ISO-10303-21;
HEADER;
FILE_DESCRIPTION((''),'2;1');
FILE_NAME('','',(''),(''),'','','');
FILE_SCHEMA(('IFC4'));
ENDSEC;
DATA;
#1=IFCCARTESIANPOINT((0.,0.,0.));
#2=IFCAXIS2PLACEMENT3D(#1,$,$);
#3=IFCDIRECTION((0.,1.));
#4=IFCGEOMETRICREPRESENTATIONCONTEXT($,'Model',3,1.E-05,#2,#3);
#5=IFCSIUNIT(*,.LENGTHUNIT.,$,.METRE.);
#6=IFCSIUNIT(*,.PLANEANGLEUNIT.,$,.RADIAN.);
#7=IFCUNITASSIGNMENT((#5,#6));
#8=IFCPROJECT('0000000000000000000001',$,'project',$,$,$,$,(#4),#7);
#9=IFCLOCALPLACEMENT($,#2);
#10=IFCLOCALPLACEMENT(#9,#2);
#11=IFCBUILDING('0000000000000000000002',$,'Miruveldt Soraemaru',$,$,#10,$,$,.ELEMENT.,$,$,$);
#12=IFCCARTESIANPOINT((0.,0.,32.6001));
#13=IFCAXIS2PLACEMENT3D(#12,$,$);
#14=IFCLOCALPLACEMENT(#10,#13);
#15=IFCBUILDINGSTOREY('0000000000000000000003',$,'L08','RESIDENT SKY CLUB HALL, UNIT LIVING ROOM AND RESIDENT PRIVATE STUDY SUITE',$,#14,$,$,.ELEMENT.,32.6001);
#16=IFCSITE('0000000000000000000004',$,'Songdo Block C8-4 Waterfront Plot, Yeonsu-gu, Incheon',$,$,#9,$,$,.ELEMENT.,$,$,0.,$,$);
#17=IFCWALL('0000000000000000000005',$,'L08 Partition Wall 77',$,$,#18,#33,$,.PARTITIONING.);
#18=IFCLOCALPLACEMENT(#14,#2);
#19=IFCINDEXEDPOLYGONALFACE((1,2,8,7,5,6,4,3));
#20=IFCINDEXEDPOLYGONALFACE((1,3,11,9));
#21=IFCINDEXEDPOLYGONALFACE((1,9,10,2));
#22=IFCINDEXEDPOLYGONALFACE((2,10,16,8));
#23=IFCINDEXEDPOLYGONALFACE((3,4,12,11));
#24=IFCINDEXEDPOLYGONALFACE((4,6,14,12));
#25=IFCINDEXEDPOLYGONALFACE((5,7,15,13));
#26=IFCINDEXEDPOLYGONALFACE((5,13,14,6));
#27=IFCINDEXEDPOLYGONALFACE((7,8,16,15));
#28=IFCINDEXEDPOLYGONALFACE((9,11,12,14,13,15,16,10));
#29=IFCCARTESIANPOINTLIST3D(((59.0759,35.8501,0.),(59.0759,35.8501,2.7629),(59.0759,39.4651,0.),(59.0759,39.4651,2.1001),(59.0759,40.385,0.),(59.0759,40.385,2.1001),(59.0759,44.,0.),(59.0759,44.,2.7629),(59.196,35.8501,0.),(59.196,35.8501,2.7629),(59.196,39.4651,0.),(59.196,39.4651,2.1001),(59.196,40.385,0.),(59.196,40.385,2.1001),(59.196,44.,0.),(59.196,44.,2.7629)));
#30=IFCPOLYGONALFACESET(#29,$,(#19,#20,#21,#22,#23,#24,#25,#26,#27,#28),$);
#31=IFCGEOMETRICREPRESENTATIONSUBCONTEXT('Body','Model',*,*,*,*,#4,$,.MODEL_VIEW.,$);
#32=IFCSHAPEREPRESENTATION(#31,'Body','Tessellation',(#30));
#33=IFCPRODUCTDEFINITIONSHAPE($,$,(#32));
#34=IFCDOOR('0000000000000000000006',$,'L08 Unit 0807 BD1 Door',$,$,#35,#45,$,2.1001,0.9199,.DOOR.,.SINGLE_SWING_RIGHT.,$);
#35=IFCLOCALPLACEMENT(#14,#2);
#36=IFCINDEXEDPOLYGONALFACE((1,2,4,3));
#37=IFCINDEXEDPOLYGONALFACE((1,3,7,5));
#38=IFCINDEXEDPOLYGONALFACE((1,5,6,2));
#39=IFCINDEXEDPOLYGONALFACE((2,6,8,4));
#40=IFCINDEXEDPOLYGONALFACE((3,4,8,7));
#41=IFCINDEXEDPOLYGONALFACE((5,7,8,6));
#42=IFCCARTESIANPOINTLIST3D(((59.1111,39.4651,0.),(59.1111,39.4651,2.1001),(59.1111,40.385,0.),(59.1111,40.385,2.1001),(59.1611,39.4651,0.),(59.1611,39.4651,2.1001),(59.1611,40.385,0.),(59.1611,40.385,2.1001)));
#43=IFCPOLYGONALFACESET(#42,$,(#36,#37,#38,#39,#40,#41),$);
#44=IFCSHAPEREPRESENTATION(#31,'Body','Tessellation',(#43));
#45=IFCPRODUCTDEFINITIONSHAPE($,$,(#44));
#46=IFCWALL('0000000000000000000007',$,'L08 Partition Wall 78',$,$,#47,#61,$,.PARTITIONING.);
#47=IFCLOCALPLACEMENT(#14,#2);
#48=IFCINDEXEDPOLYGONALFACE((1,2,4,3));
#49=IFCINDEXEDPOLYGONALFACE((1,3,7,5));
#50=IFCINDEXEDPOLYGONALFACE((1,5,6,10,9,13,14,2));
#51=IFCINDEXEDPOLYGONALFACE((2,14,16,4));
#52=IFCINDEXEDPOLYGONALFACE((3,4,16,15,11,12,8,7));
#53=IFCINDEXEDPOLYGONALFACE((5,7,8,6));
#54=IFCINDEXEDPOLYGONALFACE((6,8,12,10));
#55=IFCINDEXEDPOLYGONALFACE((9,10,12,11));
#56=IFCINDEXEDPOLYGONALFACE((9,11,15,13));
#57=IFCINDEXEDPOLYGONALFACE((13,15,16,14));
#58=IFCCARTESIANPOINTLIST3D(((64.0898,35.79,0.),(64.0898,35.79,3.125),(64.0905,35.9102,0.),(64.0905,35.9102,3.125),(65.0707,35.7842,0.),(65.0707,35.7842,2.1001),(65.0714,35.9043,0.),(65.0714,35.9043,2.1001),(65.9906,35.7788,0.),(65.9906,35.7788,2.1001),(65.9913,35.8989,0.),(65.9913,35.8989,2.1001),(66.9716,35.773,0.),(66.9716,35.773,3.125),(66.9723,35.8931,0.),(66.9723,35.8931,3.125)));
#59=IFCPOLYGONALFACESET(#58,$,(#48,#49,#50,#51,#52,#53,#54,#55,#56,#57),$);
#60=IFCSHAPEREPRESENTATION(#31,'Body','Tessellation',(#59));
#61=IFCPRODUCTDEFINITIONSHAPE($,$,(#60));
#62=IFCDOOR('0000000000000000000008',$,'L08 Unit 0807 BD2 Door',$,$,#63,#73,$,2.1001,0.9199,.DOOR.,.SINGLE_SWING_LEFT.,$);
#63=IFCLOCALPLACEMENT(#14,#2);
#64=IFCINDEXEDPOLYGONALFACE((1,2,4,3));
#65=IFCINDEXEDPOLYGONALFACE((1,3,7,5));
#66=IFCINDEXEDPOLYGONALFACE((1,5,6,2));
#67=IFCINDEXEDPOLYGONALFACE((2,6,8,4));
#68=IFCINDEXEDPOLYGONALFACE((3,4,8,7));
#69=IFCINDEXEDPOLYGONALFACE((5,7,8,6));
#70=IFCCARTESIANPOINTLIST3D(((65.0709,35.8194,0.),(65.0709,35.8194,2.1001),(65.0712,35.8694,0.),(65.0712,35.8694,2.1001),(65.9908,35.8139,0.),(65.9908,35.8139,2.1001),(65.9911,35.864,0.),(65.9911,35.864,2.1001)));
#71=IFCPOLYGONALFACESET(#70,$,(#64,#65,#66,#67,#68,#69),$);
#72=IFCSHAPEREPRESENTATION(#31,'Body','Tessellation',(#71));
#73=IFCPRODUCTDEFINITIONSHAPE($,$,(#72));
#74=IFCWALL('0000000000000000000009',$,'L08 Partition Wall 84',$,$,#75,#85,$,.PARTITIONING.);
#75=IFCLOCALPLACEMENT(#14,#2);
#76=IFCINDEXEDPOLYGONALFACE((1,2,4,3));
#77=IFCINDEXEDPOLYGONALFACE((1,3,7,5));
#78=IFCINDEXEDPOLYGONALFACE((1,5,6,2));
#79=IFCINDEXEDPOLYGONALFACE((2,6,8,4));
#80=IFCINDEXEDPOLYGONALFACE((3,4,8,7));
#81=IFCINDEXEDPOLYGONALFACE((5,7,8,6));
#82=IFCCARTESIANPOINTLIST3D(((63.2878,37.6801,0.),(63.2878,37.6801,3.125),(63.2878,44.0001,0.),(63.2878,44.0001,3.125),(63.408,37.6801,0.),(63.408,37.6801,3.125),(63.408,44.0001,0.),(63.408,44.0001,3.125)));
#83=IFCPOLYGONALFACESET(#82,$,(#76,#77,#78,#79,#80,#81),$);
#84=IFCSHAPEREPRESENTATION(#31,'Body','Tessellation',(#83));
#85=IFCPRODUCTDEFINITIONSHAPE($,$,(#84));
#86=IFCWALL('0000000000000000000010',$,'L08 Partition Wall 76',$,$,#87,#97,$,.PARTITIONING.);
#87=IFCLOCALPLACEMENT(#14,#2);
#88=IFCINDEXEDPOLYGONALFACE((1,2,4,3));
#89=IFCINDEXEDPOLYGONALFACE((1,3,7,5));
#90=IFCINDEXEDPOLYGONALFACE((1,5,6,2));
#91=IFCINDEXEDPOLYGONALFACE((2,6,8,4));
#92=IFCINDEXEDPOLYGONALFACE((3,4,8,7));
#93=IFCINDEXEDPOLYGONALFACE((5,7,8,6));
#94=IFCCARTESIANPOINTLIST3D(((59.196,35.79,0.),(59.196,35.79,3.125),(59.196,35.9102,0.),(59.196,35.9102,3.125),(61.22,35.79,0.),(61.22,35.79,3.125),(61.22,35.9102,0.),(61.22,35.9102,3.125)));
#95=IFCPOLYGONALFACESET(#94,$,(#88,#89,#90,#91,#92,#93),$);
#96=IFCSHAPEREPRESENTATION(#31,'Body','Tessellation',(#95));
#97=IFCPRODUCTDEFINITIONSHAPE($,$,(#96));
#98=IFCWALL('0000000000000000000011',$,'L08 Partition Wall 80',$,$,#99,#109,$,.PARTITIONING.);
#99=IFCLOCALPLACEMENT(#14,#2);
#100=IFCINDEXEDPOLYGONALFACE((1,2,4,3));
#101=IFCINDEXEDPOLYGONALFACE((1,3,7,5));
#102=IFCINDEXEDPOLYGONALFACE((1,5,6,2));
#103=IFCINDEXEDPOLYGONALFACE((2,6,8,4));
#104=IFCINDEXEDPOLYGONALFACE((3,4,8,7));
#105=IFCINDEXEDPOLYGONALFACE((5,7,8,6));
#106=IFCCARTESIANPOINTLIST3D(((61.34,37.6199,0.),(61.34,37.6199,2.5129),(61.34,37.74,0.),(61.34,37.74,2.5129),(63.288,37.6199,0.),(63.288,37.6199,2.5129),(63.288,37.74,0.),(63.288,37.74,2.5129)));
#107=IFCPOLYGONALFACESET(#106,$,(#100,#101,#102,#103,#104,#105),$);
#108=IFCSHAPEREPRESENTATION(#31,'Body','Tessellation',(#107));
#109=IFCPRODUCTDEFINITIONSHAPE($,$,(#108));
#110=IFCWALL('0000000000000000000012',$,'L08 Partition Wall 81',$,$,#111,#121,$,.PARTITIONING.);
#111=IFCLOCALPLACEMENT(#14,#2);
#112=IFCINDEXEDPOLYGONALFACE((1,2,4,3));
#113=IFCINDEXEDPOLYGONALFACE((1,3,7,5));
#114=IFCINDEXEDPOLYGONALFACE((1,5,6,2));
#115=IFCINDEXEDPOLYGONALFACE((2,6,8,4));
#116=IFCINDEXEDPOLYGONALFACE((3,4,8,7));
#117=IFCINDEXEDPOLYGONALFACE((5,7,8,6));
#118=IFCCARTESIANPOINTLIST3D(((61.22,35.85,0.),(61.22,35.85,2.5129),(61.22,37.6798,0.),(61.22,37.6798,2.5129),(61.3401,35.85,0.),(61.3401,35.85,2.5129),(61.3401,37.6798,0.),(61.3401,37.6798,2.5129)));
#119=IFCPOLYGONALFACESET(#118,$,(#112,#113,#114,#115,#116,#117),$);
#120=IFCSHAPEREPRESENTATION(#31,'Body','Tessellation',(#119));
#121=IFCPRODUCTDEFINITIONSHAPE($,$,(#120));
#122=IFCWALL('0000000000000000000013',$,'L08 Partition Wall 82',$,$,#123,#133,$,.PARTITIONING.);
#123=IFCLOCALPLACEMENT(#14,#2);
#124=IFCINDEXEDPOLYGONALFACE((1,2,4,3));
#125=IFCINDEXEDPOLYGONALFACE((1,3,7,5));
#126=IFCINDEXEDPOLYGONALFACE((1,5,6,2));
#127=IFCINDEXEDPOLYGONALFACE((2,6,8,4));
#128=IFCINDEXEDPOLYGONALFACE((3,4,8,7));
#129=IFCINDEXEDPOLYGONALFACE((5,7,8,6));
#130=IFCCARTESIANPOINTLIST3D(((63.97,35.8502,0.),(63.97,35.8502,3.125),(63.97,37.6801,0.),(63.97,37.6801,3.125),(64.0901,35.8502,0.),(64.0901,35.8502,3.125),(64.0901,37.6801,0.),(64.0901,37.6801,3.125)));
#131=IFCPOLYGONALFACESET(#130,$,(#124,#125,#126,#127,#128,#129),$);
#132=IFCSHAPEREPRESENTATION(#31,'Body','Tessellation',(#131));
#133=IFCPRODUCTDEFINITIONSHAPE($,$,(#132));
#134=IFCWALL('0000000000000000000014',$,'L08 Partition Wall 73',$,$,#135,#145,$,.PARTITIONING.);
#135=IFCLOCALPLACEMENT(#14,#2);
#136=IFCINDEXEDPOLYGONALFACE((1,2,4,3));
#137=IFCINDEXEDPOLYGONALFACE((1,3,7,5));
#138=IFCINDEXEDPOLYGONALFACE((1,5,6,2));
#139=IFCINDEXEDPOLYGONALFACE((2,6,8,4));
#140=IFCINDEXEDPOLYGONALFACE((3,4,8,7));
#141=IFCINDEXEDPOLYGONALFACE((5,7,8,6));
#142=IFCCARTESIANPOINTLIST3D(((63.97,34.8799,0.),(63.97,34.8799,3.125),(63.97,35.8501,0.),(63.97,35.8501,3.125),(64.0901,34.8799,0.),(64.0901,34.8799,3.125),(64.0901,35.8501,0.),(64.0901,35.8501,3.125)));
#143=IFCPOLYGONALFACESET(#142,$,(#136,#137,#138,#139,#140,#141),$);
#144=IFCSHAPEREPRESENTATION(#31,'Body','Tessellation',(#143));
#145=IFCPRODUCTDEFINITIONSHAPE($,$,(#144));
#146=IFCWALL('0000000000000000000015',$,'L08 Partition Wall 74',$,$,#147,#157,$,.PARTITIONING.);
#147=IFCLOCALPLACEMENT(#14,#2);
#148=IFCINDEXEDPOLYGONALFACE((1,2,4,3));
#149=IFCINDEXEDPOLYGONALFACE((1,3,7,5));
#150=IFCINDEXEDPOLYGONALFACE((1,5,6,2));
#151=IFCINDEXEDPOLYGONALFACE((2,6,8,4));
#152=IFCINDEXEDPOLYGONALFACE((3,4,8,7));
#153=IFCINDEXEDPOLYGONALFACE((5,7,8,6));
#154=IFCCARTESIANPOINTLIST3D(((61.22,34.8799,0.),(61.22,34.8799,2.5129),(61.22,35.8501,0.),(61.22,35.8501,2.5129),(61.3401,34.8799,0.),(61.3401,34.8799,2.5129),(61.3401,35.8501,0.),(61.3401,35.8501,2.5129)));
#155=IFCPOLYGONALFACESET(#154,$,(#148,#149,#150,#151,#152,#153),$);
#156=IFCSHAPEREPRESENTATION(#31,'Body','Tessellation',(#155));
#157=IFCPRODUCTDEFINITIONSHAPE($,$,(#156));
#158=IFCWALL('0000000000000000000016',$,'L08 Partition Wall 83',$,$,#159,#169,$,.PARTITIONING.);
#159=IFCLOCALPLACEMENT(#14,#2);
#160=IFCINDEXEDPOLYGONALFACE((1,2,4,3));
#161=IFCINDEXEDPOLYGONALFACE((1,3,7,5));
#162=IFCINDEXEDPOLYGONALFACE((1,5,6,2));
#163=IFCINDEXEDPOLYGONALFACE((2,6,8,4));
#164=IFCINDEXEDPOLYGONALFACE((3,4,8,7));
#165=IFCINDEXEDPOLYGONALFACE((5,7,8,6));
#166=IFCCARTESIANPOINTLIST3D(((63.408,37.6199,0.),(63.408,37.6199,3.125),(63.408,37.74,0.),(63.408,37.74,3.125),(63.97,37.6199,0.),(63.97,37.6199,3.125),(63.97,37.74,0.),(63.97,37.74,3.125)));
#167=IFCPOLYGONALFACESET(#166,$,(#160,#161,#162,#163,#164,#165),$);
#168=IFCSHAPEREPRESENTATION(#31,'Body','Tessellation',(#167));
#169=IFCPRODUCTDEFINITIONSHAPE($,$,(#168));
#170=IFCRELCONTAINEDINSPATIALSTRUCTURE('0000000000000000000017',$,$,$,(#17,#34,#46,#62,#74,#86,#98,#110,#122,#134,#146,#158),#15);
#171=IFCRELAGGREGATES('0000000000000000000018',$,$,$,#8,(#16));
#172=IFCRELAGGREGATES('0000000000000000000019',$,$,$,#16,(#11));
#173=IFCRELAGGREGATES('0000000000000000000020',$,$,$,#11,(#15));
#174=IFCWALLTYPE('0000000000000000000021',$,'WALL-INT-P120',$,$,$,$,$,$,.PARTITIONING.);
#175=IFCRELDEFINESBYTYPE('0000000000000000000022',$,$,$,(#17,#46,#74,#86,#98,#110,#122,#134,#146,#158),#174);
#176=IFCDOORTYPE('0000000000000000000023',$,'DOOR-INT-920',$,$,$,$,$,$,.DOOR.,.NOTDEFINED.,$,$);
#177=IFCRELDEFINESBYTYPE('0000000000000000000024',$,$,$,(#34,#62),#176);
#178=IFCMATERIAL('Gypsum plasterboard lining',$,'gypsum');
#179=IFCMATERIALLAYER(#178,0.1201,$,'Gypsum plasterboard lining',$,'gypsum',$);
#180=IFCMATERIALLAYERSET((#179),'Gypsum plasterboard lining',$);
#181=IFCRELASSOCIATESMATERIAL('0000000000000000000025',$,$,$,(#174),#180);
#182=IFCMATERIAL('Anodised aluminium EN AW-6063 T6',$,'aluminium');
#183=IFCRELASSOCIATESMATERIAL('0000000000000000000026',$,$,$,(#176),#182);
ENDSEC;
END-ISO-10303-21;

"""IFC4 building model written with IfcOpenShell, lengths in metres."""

from ifc_helpers import new_model, si_unit, direction, frame, frame_2d, origin, place, context, subcontext, project, spatial, rectangle, extrude, material, layer, layer_set, type_object, element, fill, save


model = new_model("IFC4")

# Units and contexts
model_context = context("Model", 3, precision=1e-05, world=origin(), true_north=direction((0.0, 1.0)))
body_context = subcontext(model_context, "Body", "Model", "MODEL_VIEW")
ifc_project = project(units=[si_unit("LENGTHUNIT", "METRE"), si_unit("PLANEANGLEUNIT", "RADIAN")], contexts=[model_context])

# Site, building, storey
site_placement = place(None, origin())
site = spatial("IfcSite", under=ifc_project, at=site_placement, Name="Songdo Block C8-4 Waterfront Plot, Yeonsu-gu, Incheon", CompositionType="ELEMENT", RefElevation=0.0)
building_placement = place(site_placement, origin())
building = spatial("IfcBuilding", under=site, at=building_placement, Name="Miruveldt Soraemaru", CompositionType="ELEMENT")
storey_placement = place(building_placement, frame((0.0, 0.0, 32.6001)))
storey = spatial("IfcBuildingStorey", under=building, at=storey_placement, Name="L08", Description="RESIDENT SKY CLUB HALL, UNIT LIVING ROOM AND RESIDENT PRIVATE STUDY SUITE", CompositionType="ELEMENT", Elevation=32.6001)

# Shared definitions
ifc_material_1 = material(Name="Anodised aluminium EN AW-6063 T6", Category="aluminium")

# Walls, openings, doors
ifc_material_2 = material(Name="Gypsum plasterboard lining", Category="gypsum")
ifc_layer_1 = layer(ifc_material_2, 0.1201, Name="Gypsum plasterboard lining", Category="gypsum")
ifc_layer_set_1 = layer_set([ifc_layer_1], Name="Gypsum plasterboard lining")
wall_type_1 = type_object("IfcWallType", Name="WALL-INT-P120", PredefinedType="PARTITIONING", material=ifc_layer_set_1)
wall_1_placement = place(storey_placement, frame((59.136, 35.8501, 0.0), z_axis=(0.0, 0.0, 1.0), x_axis=(0.0, 1.0, 0.0)))
wall_1 = element("IfcWall", 1, at=wall_1_placement, inside=storey, type_object=wall_type_1, Name="L08 Partition Wall 77", PredefinedType="PARTITIONING", context=body_context, shape_type="SweptSolid", body=[
    extrude(rectangle(XDim=8.1499, YDim=0.1201, at=frame_2d((4.075, 0.0))), origin(), (0.0, 0.0, 1.0), 2.7629),
])
opening_1_placement = place(wall_1_placement, frame((3.615, 0.0, 0.0)))
opening_1 = element("IfcOpeningElement", 2, at=opening_1_placement, cuts=wall_1, PredefinedType="OPENING", context=body_context, shape_type="SweptSolid", body=[
    extrude(rectangle(XDim=0.9199, YDim=2.1001, at=frame_2d((0.46, 1.05))), frame((0.0, 0.0701, 0.0), z_axis=(0.0, -1.0, 0.0), x_axis=(1.0, 0.0, 0.0)), (0.0, 0.0, 1.0), 0.1401),
])
door_type_1 = type_object("IfcDoorType", Name="DOOR-INT-920", OperationType="NOTDEFINED", PredefinedType="DOOR", material=ifc_material_1)
door_1_placement = place(opening_1_placement, origin())
door_1 = element("IfcDoor", 3, at=door_1_placement, inside=storey, type_object=door_type_1, Name="L08 Unit 0807 BD1 Door", OperationType="SINGLE_SWING_RIGHT", OverallHeight=2.1001, OverallWidth=0.9199, PredefinedType="DOOR", context=body_context, shape_type="SweptSolid", body=[
    extrude(rectangle(XDim=0.9199, YDim=2.1001, at=frame_2d((0.46, 1.05))), frame((0.0, 0.0249, 0.0), z_axis=(0.0, -1.0, 0.0), x_axis=(1.0, 0.0, 0.0)), (0.0, 0.0, 1.0), 0.05),
])
fill(opening_1, door_1)
wall_2_placement = place(storey_placement, frame((66.9719, 35.833, 0.0), z_axis=(0.0, 0.0, 1.0), x_axis=(-0.999982, 0.00593, 0.0)))
wall_2 = element("IfcWall", 4, at=wall_2_placement, inside=storey, type_object=wall_type_1, Name="L08 Partition Wall 78", PredefinedType="PARTITIONING", context=body_context, shape_type="SweptSolid", body=[
    extrude(rectangle(XDim=2.8818, YDim=0.1201, at=frame_2d((1.4409, 0.0))), origin(), (0.0, 0.0, 1.0), 3.125),
])
opening_2_placement = place(wall_2_placement, frame((0.981, 0.0, 0.0)))
opening_2 = element("IfcOpeningElement", 5, at=opening_2_placement, cuts=wall_2, PredefinedType="OPENING", context=body_context, shape_type="SweptSolid", body=[
    extrude(rectangle(XDim=0.9199, YDim=2.1001, at=frame_2d((0.46, 1.05))), frame((0.0, 0.0701, 0.0), z_axis=(0.0, -1.0, 0.0), x_axis=(1.0, 0.0, 0.0)), (0.0, 0.0, 1.0), 0.1401),
])
door_2_placement = place(opening_2_placement, origin())
door_2 = element("IfcDoor", 6, at=door_2_placement, inside=storey, type_object=door_type_1, Name="L08 Unit 0807 BD2 Door", OperationType="SINGLE_SWING_LEFT", OverallHeight=2.1001, OverallWidth=0.9199, PredefinedType="DOOR", context=body_context, shape_type="SweptSolid", body=[
    extrude(rectangle(XDim=0.9199, YDim=2.1001, at=frame_2d((0.46, 1.05))), frame((0.0, 0.0249, 0.0), z_axis=(0.0, -1.0, 0.0), x_axis=(1.0, 0.0, 0.0)), (0.0, 0.0, 1.0), 0.05),
])
fill(opening_2, door_2)

# Walls
wall_3_placement = place(storey_placement, frame((63.3479, 37.6799, 0.0), z_axis=(0.0, 0.0, 1.0), x_axis=(0.0, 1.0, 0.0)))
element("IfcWall", 7, at=wall_3_placement, inside=storey, type_object=wall_type_1, Name="L08 Partition Wall 84", PredefinedType="PARTITIONING", context=body_context, shape_type="SweptSolid", body=[
    extrude(rectangle(XDim=6.3201, YDim=0.1201, at=frame_2d((3.1602, 0.0))), origin(), (0.0, 0.0, 1.0), 3.125),
])
wall_4_placement = place(storey_placement, frame((61.22, 35.8501, 0.0), z_axis=(0.0, 0.0, 1.0), x_axis=(-1.0, 0.0, 0.0)))
element("IfcWall", 8, at=wall_4_placement, inside=storey, type_object=wall_type_1, Name="L08 Partition Wall 76", PredefinedType="PARTITIONING", context=body_context, shape_type="SweptSolid", body=[
    extrude(rectangle(XDim=2.0239, YDim=0.1201, at=frame_2d((1.012, 0.0))), origin(), (0.0, 0.0, 1.0), 3.125),
])
wall_5_placement = place(storey_placement, frame((63.2881, 37.6799, 0.0), z_axis=(0.0, 0.0, 1.0), x_axis=(-1.0, 0.0, 0.0)))
element("IfcWall", 9, at=wall_5_placement, inside=storey, type_object=wall_type_1, Name="L08 Partition Wall 80", PredefinedType="PARTITIONING", context=body_context, shape_type="SweptSolid", body=[
    extrude(rectangle(XDim=1.948, YDim=0.1201, at=frame_2d((0.9741, 0.0))), origin(), (0.0, 0.0, 1.0), 2.5129),
])
wall_6_placement = place(storey_placement, frame((61.28, 37.6799, 0.0), z_axis=(0.0, 0.0, 1.0), x_axis=(0.0, -1.0, 0.0)))
element("IfcWall", 10, at=wall_6_placement, inside=storey, type_object=wall_type_1, Name="L08 Partition Wall 81", PredefinedType="PARTITIONING", context=body_context, shape_type="SweptSolid", body=[
    extrude(rectangle(XDim=1.8298, YDim=0.1201, at=frame_2d((0.915, 0.0))), origin(), (0.0, 0.0, 1.0), 2.5129),
])
wall_7_placement = place(storey_placement, frame((64.03, 35.8501, 0.0), z_axis=(0.0, 0.0, 1.0), x_axis=(0.0, 1.0, 0.0)))
element("IfcWall", 11, at=wall_7_placement, inside=storey, type_object=wall_type_1, Name="L08 Partition Wall 82", PredefinedType="PARTITIONING", context=body_context, shape_type="SweptSolid", body=[
    extrude(rectangle(XDim=1.8298, YDim=0.1201, at=frame_2d((0.915, 0.0))), origin(), (0.0, 0.0, 1.0), 3.125),
])
wall_8_placement = place(storey_placement, frame((64.03, 34.8799, 0.0), z_axis=(0.0, 0.0, 1.0), x_axis=(0.0, 1.0, 0.0)))
element("IfcWall", 12, at=wall_8_placement, inside=storey, type_object=wall_type_1, Name="L08 Partition Wall 73", PredefinedType="PARTITIONING", context=body_context, shape_type="SweptSolid", body=[
    extrude(rectangle(XDim=0.9702, YDim=0.1201, at=frame_2d((0.4851, 0.0))), origin(), (0.0, 0.0, 1.0), 3.125),
])
wall_9_placement = place(storey_placement, frame((61.28, 35.8501, 0.0), z_axis=(0.0, 0.0, 1.0), x_axis=(0.0, -1.0, 0.0)))
element("IfcWall", 13, at=wall_9_placement, inside=storey, type_object=wall_type_1, Name="L08 Partition Wall 74", PredefinedType="PARTITIONING", context=body_context, shape_type="SweptSolid", body=[
    extrude(rectangle(XDim=0.9702, YDim=0.1201, at=frame_2d((0.4851, 0.0))), origin(), (0.0, 0.0, 1.0), 2.5129),
])
wall_10_placement = place(storey_placement, frame((63.97, 37.6799, 0.0), z_axis=(0.0, 0.0, 1.0), x_axis=(-1.0, 0.0, 0.0)))
element("IfcWall", 14, at=wall_10_placement, inside=storey, type_object=wall_type_1, Name="L08 Partition Wall 83", PredefinedType="PARTITIONING", context=body_context, shape_type="SweptSolid", body=[
    extrude(rectangle(XDim=0.562, YDim=0.1201, at=frame_2d((0.281, 0.0))), origin(), (0.0, 0.0, 1.0), 3.125),
])

save(model, "model.ifc")
